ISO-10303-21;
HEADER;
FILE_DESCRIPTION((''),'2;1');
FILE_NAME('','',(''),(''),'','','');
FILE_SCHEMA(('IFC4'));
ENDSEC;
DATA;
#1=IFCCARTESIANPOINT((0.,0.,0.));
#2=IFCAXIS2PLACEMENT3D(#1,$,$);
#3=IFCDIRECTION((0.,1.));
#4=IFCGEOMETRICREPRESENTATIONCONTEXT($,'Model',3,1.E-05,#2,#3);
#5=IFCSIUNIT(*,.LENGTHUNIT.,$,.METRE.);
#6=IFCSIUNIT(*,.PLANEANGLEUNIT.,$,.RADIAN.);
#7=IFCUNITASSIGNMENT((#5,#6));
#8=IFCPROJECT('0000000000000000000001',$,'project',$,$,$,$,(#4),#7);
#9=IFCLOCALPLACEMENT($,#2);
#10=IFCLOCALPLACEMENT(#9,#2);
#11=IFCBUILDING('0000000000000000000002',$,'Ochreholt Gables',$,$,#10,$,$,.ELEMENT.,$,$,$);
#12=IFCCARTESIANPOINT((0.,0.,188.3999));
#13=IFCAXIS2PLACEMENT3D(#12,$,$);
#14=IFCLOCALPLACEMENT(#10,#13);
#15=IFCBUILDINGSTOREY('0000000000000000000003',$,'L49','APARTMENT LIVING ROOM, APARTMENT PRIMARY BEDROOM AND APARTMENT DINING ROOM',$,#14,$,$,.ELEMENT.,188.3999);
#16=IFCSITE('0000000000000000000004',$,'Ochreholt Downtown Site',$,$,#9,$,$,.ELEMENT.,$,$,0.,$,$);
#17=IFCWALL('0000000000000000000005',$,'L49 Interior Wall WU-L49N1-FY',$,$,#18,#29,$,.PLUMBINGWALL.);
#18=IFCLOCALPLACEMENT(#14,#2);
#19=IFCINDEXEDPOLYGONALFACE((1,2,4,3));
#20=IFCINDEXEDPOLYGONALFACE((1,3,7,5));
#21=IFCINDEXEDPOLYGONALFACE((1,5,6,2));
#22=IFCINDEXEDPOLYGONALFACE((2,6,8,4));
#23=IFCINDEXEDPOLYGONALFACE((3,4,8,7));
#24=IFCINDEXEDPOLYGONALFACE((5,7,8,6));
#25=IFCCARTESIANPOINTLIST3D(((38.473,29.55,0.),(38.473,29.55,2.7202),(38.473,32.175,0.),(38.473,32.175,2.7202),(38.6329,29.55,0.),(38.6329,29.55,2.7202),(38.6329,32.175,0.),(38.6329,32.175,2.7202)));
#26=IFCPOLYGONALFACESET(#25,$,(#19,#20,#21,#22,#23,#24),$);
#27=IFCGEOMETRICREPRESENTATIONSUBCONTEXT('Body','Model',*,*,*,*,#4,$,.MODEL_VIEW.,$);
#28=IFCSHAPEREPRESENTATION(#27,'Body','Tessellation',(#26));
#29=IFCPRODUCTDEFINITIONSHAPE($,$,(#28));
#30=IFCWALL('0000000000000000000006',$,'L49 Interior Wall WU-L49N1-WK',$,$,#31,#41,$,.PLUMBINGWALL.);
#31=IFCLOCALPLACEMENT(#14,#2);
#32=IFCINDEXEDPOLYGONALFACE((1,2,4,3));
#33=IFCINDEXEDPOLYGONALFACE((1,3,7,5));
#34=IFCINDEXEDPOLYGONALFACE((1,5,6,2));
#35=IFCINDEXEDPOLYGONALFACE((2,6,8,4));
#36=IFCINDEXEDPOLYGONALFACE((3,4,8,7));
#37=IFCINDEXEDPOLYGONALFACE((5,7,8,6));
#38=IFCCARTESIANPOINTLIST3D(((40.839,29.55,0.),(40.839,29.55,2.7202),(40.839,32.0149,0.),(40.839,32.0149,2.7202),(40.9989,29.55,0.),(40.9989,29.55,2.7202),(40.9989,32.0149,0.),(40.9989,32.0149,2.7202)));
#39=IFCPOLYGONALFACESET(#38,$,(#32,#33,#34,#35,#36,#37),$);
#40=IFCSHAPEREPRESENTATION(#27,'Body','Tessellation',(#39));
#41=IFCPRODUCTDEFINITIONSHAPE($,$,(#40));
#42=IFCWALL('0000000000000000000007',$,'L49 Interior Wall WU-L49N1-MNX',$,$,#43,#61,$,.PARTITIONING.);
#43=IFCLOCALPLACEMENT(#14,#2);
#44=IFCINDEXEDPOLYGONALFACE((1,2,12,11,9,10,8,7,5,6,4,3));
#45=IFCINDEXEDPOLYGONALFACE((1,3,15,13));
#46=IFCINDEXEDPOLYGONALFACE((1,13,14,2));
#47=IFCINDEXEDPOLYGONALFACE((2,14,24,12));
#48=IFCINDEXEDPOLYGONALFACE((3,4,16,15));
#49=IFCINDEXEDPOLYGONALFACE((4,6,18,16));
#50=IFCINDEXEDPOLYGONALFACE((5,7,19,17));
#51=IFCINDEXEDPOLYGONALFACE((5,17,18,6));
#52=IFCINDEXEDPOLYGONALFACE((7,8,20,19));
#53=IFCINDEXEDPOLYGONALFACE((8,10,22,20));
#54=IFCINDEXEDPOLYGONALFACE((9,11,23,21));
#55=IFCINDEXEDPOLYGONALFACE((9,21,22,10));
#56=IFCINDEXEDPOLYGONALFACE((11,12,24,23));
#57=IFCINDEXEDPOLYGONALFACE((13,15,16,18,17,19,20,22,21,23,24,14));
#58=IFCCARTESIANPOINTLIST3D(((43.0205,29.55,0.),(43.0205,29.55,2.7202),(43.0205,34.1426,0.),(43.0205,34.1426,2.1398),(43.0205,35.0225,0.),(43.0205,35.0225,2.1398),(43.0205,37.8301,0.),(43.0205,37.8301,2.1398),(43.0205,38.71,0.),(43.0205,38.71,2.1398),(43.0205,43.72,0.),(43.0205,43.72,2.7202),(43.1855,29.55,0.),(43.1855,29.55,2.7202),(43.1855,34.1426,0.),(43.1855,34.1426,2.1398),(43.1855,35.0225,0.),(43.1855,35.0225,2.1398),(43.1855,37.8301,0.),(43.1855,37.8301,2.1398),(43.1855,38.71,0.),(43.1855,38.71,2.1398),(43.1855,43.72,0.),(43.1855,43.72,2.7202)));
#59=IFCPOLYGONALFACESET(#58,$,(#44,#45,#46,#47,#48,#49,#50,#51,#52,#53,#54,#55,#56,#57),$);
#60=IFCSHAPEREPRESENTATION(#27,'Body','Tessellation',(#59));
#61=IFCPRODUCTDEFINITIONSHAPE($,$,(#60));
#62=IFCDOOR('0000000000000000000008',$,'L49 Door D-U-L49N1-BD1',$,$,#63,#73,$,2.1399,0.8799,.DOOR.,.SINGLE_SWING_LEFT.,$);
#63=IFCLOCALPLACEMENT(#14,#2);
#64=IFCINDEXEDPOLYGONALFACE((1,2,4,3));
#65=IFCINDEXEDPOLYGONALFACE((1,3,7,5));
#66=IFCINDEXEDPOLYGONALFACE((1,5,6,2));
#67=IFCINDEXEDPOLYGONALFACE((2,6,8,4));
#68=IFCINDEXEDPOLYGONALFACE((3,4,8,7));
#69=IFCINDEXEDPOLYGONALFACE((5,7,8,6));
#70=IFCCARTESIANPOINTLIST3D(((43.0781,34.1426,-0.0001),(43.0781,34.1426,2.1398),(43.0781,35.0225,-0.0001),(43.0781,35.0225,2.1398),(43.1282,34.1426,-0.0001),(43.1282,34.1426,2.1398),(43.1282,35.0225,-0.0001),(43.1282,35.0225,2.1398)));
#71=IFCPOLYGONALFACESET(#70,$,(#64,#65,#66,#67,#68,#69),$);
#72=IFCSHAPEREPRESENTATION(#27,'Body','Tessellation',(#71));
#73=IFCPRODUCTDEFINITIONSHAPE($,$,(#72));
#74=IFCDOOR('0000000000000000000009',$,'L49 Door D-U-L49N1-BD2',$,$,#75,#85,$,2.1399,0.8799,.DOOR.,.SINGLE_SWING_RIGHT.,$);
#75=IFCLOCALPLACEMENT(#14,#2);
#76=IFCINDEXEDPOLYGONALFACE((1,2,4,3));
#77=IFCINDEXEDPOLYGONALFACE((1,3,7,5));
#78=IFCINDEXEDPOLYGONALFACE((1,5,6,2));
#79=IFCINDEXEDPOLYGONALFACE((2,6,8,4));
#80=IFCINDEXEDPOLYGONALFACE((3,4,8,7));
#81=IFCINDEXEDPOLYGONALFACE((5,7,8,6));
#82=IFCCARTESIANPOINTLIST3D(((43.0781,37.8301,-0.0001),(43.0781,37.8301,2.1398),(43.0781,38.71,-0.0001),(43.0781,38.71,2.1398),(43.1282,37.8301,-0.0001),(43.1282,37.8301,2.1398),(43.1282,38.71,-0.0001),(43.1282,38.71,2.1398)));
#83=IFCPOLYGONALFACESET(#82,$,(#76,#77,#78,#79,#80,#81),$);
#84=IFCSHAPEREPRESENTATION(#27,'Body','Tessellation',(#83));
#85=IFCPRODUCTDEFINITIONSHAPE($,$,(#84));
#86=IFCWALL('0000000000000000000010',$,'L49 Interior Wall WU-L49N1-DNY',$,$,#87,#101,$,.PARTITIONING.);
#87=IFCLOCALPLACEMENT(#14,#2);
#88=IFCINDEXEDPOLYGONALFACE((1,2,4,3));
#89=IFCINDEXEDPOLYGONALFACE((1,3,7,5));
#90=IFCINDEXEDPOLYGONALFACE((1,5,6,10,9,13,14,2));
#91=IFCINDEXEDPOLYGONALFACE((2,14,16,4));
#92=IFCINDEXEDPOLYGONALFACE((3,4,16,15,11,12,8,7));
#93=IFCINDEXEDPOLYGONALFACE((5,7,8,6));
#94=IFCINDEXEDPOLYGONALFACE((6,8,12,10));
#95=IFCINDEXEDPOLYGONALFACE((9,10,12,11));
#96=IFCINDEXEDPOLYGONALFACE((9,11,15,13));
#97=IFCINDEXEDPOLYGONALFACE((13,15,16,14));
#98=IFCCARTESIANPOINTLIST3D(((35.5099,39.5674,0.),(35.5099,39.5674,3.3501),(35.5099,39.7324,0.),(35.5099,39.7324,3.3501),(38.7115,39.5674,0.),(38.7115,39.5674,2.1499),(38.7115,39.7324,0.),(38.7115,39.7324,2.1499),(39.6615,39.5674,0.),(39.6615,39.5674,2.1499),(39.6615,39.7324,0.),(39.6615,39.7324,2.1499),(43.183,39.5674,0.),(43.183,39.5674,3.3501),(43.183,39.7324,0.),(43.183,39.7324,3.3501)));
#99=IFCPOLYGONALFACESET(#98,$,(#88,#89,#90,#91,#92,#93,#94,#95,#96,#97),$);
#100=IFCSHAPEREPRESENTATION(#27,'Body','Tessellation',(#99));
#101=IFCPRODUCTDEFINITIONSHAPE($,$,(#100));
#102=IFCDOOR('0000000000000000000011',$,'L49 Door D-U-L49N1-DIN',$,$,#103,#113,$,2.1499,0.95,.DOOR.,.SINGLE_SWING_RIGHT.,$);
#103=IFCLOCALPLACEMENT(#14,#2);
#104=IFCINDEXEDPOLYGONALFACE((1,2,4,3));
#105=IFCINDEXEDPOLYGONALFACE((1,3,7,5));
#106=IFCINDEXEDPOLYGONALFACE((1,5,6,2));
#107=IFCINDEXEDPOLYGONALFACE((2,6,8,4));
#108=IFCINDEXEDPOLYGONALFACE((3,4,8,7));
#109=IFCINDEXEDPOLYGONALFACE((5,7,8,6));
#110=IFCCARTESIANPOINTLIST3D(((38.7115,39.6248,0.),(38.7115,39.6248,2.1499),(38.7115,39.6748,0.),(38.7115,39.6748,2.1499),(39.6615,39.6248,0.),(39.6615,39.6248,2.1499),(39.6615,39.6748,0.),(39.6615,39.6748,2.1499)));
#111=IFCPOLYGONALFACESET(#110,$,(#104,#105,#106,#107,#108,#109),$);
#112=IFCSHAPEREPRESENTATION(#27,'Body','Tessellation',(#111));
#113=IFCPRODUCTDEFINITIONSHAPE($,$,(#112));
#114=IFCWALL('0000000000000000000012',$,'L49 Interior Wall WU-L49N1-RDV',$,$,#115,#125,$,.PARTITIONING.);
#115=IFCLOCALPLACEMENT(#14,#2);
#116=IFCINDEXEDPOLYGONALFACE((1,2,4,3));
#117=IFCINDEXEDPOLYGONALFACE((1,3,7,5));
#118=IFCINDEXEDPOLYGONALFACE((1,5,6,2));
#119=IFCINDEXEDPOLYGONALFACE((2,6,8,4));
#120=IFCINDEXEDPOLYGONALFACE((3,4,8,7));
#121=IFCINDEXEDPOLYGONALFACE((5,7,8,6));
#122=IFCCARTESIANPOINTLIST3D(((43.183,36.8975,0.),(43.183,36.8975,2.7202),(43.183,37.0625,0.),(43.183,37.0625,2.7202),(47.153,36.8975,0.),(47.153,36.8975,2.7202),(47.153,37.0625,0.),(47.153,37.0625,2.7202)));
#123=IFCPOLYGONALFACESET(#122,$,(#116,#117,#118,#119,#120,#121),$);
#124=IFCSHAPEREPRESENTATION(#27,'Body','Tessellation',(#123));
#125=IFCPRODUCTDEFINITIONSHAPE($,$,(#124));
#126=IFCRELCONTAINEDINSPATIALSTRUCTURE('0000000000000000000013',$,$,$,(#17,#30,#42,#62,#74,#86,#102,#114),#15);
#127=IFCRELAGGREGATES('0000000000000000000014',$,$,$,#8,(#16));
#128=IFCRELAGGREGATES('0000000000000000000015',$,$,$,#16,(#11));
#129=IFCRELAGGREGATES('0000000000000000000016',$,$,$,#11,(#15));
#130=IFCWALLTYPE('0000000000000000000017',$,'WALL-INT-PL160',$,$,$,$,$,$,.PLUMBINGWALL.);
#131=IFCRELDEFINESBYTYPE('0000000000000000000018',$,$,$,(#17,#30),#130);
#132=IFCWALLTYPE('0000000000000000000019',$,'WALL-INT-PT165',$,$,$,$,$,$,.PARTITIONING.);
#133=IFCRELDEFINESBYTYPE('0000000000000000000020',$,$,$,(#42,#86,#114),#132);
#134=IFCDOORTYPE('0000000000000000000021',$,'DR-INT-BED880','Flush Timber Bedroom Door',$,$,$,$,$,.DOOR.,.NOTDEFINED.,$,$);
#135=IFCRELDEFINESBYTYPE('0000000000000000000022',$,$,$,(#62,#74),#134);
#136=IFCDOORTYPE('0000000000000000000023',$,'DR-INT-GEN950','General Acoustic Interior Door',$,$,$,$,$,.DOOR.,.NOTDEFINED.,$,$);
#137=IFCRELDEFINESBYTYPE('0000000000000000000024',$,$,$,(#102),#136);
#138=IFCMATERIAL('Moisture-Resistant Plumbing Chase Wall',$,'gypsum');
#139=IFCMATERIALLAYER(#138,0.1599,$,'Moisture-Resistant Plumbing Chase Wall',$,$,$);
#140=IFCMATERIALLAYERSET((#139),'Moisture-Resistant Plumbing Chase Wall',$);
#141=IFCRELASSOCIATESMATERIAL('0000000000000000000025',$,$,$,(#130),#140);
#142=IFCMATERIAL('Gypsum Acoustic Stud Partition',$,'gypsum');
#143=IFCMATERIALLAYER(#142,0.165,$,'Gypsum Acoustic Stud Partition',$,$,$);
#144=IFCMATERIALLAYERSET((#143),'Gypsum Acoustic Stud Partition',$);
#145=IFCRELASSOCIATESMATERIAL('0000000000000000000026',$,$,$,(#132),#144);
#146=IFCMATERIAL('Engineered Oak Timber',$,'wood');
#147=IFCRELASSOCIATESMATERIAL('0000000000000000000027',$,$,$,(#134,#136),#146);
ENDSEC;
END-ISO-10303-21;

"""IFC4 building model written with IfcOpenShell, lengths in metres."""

from ifc_helpers import new_model, si_unit, direction, frame, frame_2d, origin, place, context, subcontext, project, spatial, rectangle, extrude, material, layer, layer_set, type_object, element, fill, save


model = new_model("IFC4")

# Units and contexts
model_context = context("Model", 3, precision=1e-05, world=origin(), true_north=direction((0.0, 1.0)))
body_context = subcontext(model_context, "Body", "Model", "MODEL_VIEW")
ifc_project = project(units=[si_unit("LENGTHUNIT", "METRE"), si_unit("PLANEANGLEUNIT", "RADIAN")], contexts=[model_context])

# Site, building, storey
site_placement = place(None, origin())
site = spatial("IfcSite", under=ifc_project, at=site_placement, Name="Ochreholt Downtown Site", CompositionType="ELEMENT", RefElevation=0.0)
building_placement = place(site_placement, origin())
building = spatial("IfcBuilding", under=site, at=building_placement, Name="Ochreholt Gables", CompositionType="ELEMENT")
storey_placement = place(building_placement, frame((0.0, 0.0, 188.3999)))
storey = spatial("IfcBuildingStorey", under=building, at=storey_placement, Name="L49", Description="APARTMENT LIVING ROOM, APARTMENT PRIMARY BEDROOM AND APARTMENT DINING ROOM", CompositionType="ELEMENT", Elevation=188.3999)

# Shared definitions
ifc_material_1 = material(Name="Moisture-Resistant Plumbing Chase Wall", Category="gypsum")
ifc_layer_1 = layer(ifc_material_1, 0.1599, Name="Moisture-Resistant Plumbing Chase Wall")
ifc_layer_set_1 = layer_set([ifc_layer_1], Name="Moisture-Resistant Plumbing Chase Wall")
wall_type_1 = type_object("IfcWallType", Name="WALL-INT-PL160", PredefinedType="PLUMBINGWALL", material=ifc_layer_set_1)
ifc_material_2 = material(Name="Engineered Oak Timber", Category="wood")

# Walls
wall_1_placement = place(storey_placement, frame((38.553, 29.55, 0.0), z_axis=(0.0, 0.0, 1.0), x_axis=(0.0, 1.0, 0.0)))
element("IfcWall", 1, at=wall_1_placement, inside=storey, type_object=wall_type_1, Name="L49 Interior Wall WU-L49N1-FY", PredefinedType="PLUMBINGWALL", context=body_context, shape_type="SweptSolid", body=[
    extrude(rectangle(XDim=2.625, YDim=0.1599, at=frame_2d((1.3125, 0.0))), origin(), (0.0, 0.0, 1.0), 2.7202),
])
wall_2_placement = place(storey_placement, frame((40.9189, 29.55, 0.0), z_axis=(0.0, 0.0, 1.0), x_axis=(0.0, 1.0, 0.0)))
element("IfcWall", 2, at=wall_2_placement, inside=storey, type_object=wall_type_1, Name="L49 Interior Wall WU-L49N1-WK", PredefinedType="PLUMBINGWALL", context=body_context, shape_type="SweptSolid", body=[
    extrude(rectangle(XDim=2.4648, YDim=0.1599, at=frame_2d((1.2324, 0.0))), origin(), (0.0, 0.0, 1.0), 2.7202),
])

# Wall, openings, doors
ifc_material_3 = material(Name="Gypsum Acoustic Stud Partition", Category="gypsum")
ifc_layer_2 = layer(ifc_material_3, 0.165, Name="Gypsum Acoustic Stud Partition")
ifc_layer_set_2 = layer_set([ifc_layer_2], Name="Gypsum Acoustic Stud Partition")
wall_type_2 = type_object("IfcWallType", Name="WALL-INT-PT165", PredefinedType="PARTITIONING", material=ifc_layer_set_2)
wall_3_placement = place(storey_placement, frame((43.103, 29.55, 0.0), z_axis=(0.0, 0.0, 1.0), x_axis=(0.0, 1.0, 0.0)))
wall_3 = element("IfcWall", 3, at=wall_3_placement, inside=storey, type_object=wall_type_2, Name="L49 Interior Wall WU-L49N1-MNX", PredefinedType="PARTITIONING", context=body_context, shape_type="SweptSolid", body=[
    extrude(rectangle(XDim=14.1699, YDim=0.165, at=frame_2d((7.085, 0.0))), origin(), (0.0, 0.0, 1.0), 2.7202),
])
opening_1_placement = place(wall_3_placement, frame((4.5925, 0.0, 0.0)))
opening_1 = element("IfcOpeningElement", 4, at=opening_1_placement, cuts=wall_3, PredefinedType="OPENING", context=body_context, shape_type="SweptSolid", body=[
    extrude(rectangle(XDim=0.8799, YDim=2.1399, at=frame_2d((0.4399, 1.0698))), frame((0.0, 0.0925, 0.0), z_axis=(0.0, -1.0, 0.0), x_axis=(1.0, 0.0, 0.0)), (0.0, 0.0, 1.0), 0.1851),
])
opening_2_placement = place(wall_3_placement, frame((8.28, 0.0, 0.0)))
opening_2 = element("IfcOpeningElement", 5, at=opening_2_placement, cuts=wall_3, PredefinedType="OPENING", context=body_context, shape_type="SweptSolid", body=[
    extrude(rectangle(XDim=0.8799, YDim=2.1399, at=frame_2d((0.4399, 1.0698))), frame((0.0, 0.0925, 0.0), z_axis=(0.0, -1.0, 0.0), x_axis=(1.0, 0.0, 0.0)), (0.0, 0.0, 1.0), 0.1851),
])
door_type_1 = type_object("IfcDoorType", Name="DR-INT-BED880", Description="Flush Timber Bedroom Door", OperationType="NOTDEFINED", PredefinedType="DOOR", material=ifc_material_2)
door_1_placement = place(opening_1_placement, origin())
door_1 = element("IfcDoor", 6, at=door_1_placement, inside=storey, type_object=door_type_1, Name="L49 Door D-U-L49N1-BD1", OperationType="SINGLE_SWING_LEFT", OverallHeight=2.1399, OverallWidth=0.8799, PredefinedType="DOOR", context=body_context, shape_type="SweptSolid", body=[
    extrude(rectangle(XDim=0.8799, YDim=2.1399, at=frame_2d((0.4399, 1.0698))), frame((0.0, 0.0249, 0.0), z_axis=(0.0, -1.0, 0.0), x_axis=(1.0, 0.0, 0.0)), (0.0, 0.0, 1.0), 0.05),
])
fill(opening_1, door_1)
door_2_placement = place(opening_2_placement, origin())
door_2 = element("IfcDoor", 7, at=door_2_placement, inside=storey, type_object=door_type_1, Name="L49 Door D-U-L49N1-BD2", OperationType="SINGLE_SWING_RIGHT", OverallHeight=2.1399, OverallWidth=0.8799, PredefinedType="DOOR", context=body_context, shape_type="SweptSolid", body=[
    extrude(rectangle(XDim=0.8799, YDim=2.1399, at=frame_2d((0.4399, 1.0698))), frame((0.0, 0.0249, 0.0), z_axis=(0.0, -1.0, 0.0), x_axis=(1.0, 0.0, 0.0)), (0.0, 0.0, 1.0), 0.05),
])
fill(opening_2, door_2)

# Wall, opening, door
wall_4_placement = place(storey_placement, frame((35.51, 39.6499, 0.0), z_axis=(0.0, 0.0, 1.0), x_axis=(1.0, 0.0, 0.0)))
wall_4 = element("IfcWall", 8, at=wall_4_placement, inside=storey, type_object=wall_type_2, Name="L49 Interior Wall WU-L49N1-DNY", PredefinedType="PARTITIONING", context=body_context, shape_type="SweptSolid", body=[
    extrude(rectangle(XDim=7.6731, YDim=0.165, at=frame_2d((3.8364, 0.0))), origin(), (0.0, 0.0, 1.0), 3.3501),
])
opening_3_placement = place(wall_4_placement, frame((3.2014, 0.0, 0.0)))
opening_3 = element("IfcOpeningElement", 9, at=opening_3_placement, cuts=wall_4, PredefinedType="OPENING", context=body_context, shape_type="SweptSolid", body=[
    extrude(rectangle(XDim=0.95, YDim=2.1499, at=frame_2d((0.4751, 1.075))), frame((0.0, 0.0925, 0.0), z_axis=(0.0, -1.0, 0.0), x_axis=(1.0, 0.0, 0.0)), (0.0, 0.0, 1.0), 0.1851),
])
door_type_2 = type_object("IfcDoorType", Name="DR-INT-GEN950", Description="General Acoustic Interior Door", OperationType="NOTDEFINED", PredefinedType="DOOR", material=ifc_material_2)
door_3_placement = place(opening_3_placement, origin())
door_3 = element("IfcDoor", 10, at=door_3_placement, inside=storey, type_object=door_type_2, Name="L49 Door D-U-L49N1-DIN", OperationType="SINGLE_SWING_RIGHT", OverallHeight=2.1499, OverallWidth=0.95, PredefinedType="DOOR", context=body_context, shape_type="SweptSolid", body=[
    extrude(rectangle(XDim=0.95, YDim=2.1499, at=frame_2d((0.4751, 1.075))), frame((0.0, 0.0249, 0.0), z_axis=(0.0, -1.0, 0.0), x_axis=(1.0, 0.0, 0.0)), (0.0, 0.0, 1.0), 0.05),
])
fill(opening_3, door_3)

# Wall
wall_5_placement = place(storey_placement, frame((43.1831, 36.98, 0.0), z_axis=(0.0, 0.0, 1.0), x_axis=(1.0, 0.0, 0.0)))
element("IfcWall", 11, at=wall_5_placement, inside=storey, type_object=wall_type_2, Name="L49 Interior Wall WU-L49N1-RDV", PredefinedType="PARTITIONING", context=body_context, shape_type="SweptSolid", body=[
    extrude(rectangle(XDim=3.97, YDim=0.165, at=frame_2d((1.9849, 0.0))), origin(), (0.0, 0.0, 1.0), 2.7202),
])

save(model, "model.ifc")
